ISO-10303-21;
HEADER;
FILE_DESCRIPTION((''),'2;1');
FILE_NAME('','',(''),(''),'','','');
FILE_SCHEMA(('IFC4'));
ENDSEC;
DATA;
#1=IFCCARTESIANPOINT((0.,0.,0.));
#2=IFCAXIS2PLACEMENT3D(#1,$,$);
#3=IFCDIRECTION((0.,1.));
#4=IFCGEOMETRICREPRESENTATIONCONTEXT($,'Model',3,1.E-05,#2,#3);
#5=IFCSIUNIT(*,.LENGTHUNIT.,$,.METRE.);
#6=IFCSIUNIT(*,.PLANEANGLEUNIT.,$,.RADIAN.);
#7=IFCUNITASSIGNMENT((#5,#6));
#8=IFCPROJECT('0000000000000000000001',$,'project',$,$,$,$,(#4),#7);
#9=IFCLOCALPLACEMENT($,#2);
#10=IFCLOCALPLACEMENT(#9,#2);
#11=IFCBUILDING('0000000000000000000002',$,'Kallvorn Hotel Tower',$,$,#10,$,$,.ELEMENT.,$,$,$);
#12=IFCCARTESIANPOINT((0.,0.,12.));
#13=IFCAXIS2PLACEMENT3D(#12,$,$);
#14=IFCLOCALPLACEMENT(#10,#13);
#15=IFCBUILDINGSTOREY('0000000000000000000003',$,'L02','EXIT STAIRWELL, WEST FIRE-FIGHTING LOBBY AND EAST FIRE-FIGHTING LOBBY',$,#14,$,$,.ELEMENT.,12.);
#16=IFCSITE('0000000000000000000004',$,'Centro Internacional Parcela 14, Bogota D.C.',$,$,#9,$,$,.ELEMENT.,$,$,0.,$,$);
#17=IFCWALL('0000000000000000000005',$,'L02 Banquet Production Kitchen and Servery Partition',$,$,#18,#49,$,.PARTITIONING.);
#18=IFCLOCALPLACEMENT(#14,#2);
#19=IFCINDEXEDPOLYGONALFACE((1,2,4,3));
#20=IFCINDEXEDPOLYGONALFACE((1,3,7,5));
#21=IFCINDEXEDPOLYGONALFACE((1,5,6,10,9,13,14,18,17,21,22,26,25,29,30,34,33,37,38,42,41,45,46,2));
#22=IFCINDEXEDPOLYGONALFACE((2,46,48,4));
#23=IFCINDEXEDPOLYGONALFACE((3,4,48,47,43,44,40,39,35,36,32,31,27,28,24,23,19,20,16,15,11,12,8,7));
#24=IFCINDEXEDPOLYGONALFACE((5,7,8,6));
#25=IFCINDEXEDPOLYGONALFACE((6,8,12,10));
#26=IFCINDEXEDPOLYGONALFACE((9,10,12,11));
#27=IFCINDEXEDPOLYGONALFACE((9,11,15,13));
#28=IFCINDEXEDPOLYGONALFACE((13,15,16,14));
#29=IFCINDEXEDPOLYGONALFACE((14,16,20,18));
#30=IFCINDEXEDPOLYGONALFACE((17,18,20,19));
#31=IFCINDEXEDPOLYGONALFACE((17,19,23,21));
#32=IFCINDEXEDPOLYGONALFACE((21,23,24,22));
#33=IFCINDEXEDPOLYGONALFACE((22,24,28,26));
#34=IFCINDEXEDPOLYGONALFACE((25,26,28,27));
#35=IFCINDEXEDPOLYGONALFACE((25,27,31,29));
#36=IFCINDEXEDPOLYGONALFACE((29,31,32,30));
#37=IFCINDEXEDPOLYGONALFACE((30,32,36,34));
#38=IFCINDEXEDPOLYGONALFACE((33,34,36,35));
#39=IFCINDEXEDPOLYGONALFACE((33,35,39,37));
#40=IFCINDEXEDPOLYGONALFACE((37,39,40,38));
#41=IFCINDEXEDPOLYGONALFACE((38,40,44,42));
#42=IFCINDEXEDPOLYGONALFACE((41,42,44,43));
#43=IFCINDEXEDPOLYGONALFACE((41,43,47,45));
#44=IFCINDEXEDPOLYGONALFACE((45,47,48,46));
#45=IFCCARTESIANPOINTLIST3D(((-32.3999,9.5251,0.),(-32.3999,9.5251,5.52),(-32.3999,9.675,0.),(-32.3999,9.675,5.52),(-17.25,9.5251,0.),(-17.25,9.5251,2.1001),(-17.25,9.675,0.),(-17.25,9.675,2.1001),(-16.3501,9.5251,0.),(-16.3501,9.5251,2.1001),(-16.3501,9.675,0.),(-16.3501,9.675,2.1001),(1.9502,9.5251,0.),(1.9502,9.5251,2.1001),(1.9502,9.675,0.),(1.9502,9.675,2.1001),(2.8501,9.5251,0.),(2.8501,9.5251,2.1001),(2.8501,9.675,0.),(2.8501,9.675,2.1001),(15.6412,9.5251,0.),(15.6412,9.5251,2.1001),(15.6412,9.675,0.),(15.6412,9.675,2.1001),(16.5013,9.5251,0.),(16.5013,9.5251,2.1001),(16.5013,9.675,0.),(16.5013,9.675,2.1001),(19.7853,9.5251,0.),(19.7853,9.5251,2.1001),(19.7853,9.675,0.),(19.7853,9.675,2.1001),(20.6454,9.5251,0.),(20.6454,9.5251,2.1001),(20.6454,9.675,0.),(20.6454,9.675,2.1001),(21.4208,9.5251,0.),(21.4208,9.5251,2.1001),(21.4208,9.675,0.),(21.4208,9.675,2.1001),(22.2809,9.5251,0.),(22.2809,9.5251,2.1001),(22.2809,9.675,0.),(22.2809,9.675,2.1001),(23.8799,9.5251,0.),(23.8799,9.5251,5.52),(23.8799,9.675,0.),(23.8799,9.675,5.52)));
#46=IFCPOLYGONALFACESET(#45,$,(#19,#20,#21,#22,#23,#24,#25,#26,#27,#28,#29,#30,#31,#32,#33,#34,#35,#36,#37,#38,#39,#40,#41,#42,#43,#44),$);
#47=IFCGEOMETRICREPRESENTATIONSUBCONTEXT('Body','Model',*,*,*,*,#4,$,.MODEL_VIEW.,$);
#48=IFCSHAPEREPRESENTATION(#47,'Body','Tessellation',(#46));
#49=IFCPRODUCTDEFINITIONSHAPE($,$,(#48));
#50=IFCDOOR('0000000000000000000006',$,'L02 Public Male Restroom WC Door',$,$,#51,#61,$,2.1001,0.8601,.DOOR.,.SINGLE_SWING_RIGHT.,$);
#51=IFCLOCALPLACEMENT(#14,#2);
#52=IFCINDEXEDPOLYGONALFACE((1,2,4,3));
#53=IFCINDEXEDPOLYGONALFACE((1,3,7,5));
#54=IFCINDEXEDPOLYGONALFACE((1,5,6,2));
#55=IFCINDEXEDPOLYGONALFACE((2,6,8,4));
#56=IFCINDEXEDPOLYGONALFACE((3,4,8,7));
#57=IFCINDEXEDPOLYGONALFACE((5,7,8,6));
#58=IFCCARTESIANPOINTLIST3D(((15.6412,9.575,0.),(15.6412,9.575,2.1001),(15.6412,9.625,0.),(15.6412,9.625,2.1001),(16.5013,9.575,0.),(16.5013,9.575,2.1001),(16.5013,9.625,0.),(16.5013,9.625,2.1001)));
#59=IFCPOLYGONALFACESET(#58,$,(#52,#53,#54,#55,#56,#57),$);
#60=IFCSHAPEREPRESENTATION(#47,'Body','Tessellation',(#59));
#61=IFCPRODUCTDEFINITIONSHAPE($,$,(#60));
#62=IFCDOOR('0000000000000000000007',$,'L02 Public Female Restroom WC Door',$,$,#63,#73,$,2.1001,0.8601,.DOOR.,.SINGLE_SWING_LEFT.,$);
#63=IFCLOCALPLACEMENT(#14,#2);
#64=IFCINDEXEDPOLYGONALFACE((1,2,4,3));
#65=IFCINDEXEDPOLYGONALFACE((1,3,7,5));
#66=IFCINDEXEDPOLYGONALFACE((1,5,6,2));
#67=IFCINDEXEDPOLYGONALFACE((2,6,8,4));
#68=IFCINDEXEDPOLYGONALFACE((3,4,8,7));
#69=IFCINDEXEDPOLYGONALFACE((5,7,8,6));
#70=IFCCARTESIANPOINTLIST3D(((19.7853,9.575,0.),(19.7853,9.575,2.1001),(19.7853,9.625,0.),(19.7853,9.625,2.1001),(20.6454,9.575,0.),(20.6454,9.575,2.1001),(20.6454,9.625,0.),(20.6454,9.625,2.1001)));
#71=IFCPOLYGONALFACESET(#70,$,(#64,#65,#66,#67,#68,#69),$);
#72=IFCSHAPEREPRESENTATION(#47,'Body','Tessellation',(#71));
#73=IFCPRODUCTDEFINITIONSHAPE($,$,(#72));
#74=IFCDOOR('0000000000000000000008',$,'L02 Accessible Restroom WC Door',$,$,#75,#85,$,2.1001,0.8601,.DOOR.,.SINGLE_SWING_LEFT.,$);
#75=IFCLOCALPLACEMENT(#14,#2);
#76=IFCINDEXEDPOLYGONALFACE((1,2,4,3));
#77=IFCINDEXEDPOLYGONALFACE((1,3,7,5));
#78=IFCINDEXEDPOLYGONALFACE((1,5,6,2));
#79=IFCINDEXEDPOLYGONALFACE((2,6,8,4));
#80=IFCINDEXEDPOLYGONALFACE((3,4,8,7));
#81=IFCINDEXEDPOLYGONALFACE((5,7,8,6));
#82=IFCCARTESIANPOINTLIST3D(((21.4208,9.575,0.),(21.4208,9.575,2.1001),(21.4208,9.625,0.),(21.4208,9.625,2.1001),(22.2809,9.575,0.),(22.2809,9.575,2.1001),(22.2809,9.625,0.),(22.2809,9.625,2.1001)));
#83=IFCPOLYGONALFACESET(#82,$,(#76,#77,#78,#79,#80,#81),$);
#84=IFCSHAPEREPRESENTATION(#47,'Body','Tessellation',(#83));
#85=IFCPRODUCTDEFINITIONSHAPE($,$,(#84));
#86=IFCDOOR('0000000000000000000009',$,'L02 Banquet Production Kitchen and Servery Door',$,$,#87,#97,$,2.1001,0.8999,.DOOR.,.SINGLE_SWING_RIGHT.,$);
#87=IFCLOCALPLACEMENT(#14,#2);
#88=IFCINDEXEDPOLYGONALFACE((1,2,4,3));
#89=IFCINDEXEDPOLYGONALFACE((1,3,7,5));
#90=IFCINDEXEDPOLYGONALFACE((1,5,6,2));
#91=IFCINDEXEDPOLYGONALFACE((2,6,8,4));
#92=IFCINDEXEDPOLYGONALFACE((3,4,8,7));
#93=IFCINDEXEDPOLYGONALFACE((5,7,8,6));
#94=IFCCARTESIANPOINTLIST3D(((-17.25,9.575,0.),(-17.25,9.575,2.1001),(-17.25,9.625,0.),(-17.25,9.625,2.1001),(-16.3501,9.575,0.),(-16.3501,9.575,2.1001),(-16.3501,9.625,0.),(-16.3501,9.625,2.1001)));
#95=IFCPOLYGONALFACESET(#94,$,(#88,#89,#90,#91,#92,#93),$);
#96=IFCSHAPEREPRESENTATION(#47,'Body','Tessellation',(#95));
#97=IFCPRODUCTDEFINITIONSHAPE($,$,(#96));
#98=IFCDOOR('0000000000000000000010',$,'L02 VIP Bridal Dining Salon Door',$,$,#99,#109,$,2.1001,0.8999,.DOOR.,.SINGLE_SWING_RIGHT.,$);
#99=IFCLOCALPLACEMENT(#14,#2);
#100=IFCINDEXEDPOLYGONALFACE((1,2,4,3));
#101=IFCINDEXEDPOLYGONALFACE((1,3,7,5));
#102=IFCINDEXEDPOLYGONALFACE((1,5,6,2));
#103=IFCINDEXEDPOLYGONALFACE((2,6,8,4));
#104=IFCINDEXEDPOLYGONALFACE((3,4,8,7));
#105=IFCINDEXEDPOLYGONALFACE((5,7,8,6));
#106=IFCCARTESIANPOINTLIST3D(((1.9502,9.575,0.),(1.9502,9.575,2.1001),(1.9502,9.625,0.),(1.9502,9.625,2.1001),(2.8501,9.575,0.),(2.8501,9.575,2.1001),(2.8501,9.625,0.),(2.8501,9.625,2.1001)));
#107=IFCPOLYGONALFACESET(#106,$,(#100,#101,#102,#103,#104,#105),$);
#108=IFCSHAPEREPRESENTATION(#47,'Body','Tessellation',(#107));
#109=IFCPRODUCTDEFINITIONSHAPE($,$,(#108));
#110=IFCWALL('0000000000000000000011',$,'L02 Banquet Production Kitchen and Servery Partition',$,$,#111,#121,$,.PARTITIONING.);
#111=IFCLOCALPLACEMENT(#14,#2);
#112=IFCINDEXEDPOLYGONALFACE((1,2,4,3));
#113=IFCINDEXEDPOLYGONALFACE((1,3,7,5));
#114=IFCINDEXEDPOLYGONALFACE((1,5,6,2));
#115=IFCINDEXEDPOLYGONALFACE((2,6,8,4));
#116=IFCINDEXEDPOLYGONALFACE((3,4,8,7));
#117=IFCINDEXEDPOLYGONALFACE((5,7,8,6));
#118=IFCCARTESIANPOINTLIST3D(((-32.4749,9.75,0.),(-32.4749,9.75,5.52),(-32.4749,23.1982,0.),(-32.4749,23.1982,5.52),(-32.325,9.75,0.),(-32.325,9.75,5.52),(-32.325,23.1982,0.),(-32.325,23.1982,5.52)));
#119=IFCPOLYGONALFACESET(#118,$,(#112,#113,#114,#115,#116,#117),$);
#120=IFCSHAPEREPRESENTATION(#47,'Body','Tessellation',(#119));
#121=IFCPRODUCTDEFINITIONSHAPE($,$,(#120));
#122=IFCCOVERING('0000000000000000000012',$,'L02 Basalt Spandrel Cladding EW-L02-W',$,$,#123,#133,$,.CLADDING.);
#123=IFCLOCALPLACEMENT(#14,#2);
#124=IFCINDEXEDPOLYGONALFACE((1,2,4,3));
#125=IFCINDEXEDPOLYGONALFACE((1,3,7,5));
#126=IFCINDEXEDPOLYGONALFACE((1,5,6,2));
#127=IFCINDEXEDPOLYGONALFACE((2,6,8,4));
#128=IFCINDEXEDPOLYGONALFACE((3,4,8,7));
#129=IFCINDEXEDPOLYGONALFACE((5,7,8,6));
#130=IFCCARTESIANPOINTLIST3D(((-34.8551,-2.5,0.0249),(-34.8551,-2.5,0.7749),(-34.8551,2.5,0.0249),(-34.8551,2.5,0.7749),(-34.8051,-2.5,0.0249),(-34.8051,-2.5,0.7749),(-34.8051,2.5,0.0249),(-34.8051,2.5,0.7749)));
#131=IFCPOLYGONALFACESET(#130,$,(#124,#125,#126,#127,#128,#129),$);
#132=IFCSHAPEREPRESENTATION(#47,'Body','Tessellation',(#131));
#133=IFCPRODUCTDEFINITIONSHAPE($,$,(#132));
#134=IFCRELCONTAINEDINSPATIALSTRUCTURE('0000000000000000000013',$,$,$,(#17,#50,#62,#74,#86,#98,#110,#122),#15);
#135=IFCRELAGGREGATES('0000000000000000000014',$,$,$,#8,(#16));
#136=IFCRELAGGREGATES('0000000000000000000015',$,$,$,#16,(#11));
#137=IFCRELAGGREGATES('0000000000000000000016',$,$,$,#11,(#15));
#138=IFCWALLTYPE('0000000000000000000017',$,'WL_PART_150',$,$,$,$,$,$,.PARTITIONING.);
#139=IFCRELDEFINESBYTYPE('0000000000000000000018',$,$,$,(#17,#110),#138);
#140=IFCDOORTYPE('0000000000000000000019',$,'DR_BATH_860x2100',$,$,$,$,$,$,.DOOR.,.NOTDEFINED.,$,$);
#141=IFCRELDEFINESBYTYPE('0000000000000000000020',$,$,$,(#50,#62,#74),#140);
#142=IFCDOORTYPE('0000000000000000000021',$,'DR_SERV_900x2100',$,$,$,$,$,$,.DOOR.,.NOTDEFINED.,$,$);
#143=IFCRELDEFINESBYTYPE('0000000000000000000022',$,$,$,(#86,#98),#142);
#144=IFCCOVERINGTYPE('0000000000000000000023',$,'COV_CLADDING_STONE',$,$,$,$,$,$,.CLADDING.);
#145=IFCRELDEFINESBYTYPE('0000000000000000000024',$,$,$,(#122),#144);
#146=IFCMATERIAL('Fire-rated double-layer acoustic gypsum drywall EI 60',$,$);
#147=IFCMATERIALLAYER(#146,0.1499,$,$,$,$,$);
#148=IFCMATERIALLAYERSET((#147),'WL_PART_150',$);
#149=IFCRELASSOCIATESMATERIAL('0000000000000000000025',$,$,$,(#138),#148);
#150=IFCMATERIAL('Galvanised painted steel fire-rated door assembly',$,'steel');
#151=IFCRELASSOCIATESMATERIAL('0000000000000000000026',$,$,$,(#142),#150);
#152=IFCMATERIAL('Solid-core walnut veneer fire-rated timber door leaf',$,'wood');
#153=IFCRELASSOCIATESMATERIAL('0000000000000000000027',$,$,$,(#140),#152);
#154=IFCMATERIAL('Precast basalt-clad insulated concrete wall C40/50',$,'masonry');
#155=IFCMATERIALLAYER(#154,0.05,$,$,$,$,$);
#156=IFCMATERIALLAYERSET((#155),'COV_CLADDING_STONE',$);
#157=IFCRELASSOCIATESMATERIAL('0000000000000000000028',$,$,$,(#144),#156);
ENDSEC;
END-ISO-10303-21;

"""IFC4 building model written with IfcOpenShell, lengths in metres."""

from ifc_helpers import new_model, si_unit, direction, frame, frame_2d, origin, origin_2d, place, context, subcontext, project, spatial, rectangle, extrude, material, layer, layer_set, type_object, element, fill, save


model = new_model("IFC4")

# Units and contexts
model_context = context("Model", 3, precision=1e-05, world=origin(), true_north=direction((0.0, 1.0)))
body_context = subcontext(model_context, "Body", "Model", "MODEL_VIEW")
ifc_project = project(units=[si_unit("LENGTHUNIT", "METRE"), si_unit("PLANEANGLEUNIT", "RADIAN")], contexts=[model_context])

# Site, building, storey
site_placement = place(None, origin())
site = spatial("IfcSite", under=ifc_project, at=site_placement, Name="Centro Internacional Parcela 14, Bogota D.C.", CompositionType="ELEMENT", RefElevation=0.0)
building_placement = place(site_placement, origin())
building = spatial("IfcBuilding", under=site, at=building_placement, Name="Kallvorn Hotel Tower", CompositionType="ELEMENT")
storey_placement = place(building_placement, frame((0.0, 0.0, 12.0)))
storey = spatial("IfcBuildingStorey", under=building, at=storey_placement, Name="L02", Description="EXIT STAIRWELL, WEST FIRE-FIGHTING LOBBY AND EAST FIRE-FIGHTING LOBBY", CompositionType="ELEMENT", Elevation=12.0)

# Shared definitions
ifc_material_1 = material(Name="Fire-rated double-layer acoustic gypsum drywall EI 60")
ifc_layer_1 = layer(ifc_material_1, 0.1499)
ifc_layer_set_1 = layer_set([ifc_layer_1], Name="WL_PART_150")
wall_type = type_object("IfcWallType", Name="WL_PART_150", PredefinedType="PARTITIONING", material=ifc_layer_set_1)
ifc_material_2 = material(Name="Galvanised painted steel fire-rated door assembly", Category="steel")
door_type_1 = type_object("IfcDoorType", Name="DR_SERV_900x2100", OperationType="NOTDEFINED", PredefinedType="DOOR", material=ifc_material_2)

# Wall, openings, doors
wall_1_placement = place(storey_placement, frame((-32.3999, 9.6001, 0.0), z_axis=(0.0, 0.0, 1.0), x_axis=(1.0, 0.0, 0.0)))
wall_1 = element("IfcWall", 1, at=wall_1_placement, inside=storey, type_object=wall_type, Name="L02 Banquet Production Kitchen and Servery Partition", PredefinedType="PARTITIONING", context=body_context, shape_type="SweptSolid", body=[
    extrude(rectangle(XDim=56.2798, YDim=0.1499, at=frame_2d((28.1399, 0.0))), origin(), (0.0, 0.0, 1.0), 5.52),
])
opening_1_placement = place(wall_1_placement, frame((15.1499, 0.0, 0.0)))
opening_1 = element("IfcOpeningElement", 2, at=opening_1_placement, cuts=wall_1, PredefinedType="OPENING", context=body_context, shape_type="SweptSolid", body=[
    extrude(rectangle(XDim=0.8999, YDim=2.1001, at=frame_2d((0.45, 1.05))), frame((0.0, 0.0898, 0.0), z_axis=(0.0, -1.0, 0.0), x_axis=(1.0, 0.0, 0.0)), (0.0, 0.0, 1.0), 0.1799),
])
opening_2_placement = place(wall_1_placement, frame((34.3501, 0.0, 0.0)))
opening_2 = element("IfcOpeningElement", 3, at=opening_2_placement, cuts=wall_1, PredefinedType="OPENING", context=body_context, shape_type="SweptSolid", body=[
    extrude(rectangle(XDim=0.8999, YDim=2.1001, at=frame_2d((0.45, 1.05))), frame((0.0, 0.0898, 0.0), z_axis=(0.0, -1.0, 0.0), x_axis=(1.0, 0.0, 0.0)), (0.0, 0.0, 1.0), 0.1799),
])
opening_3_placement = place(wall_1_placement, frame((48.041, 0.0, 0.0)))
opening_3 = element("IfcOpeningElement", 4, at=opening_3_placement, cuts=wall_1, PredefinedType="OPENING", context=body_context, shape_type="SweptSolid", body=[
    extrude(rectangle(XDim=0.8601, YDim=2.1001, at=frame_2d((0.4302, 1.05))), frame((0.0, 0.0898, 0.0), z_axis=(0.0, -1.0, 0.0), x_axis=(1.0, 0.0, 0.0)), (0.0, 0.0, 1.0), 0.1799),
])
opening_4_placement = place(wall_1_placement, frame((52.1851, 0.0, 0.0)))
opening_4 = element("IfcOpeningElement", 5, at=opening_4_placement, cuts=wall_1, PredefinedType="OPENING", context=body_context, shape_type="SweptSolid", body=[
    extrude(rectangle(XDim=0.8601, YDim=2.1001, at=frame_2d((0.4302, 1.05))), frame((0.0, 0.0898, 0.0), z_axis=(0.0, -1.0, 0.0), x_axis=(1.0, 0.0, 0.0)), (0.0, 0.0, 1.0), 0.1799),
])
opening_5_placement = place(wall_1_placement, frame((53.8206, 0.0, 0.0)))
opening_5 = element("IfcOpeningElement", 6, at=opening_5_placement, cuts=wall_1, PredefinedType="OPENING", context=body_context, shape_type="SweptSolid", body=[
    extrude(rectangle(XDim=0.8601, YDim=2.1001, at=frame_2d((0.4302, 1.05))), frame((0.0, 0.0898, 0.0), z_axis=(0.0, -1.0, 0.0), x_axis=(1.0, 0.0, 0.0)), (0.0, 0.0, 1.0), 0.1799),
])
ifc_material_3 = material(Name="Solid-core walnut veneer fire-rated timber door leaf", Category="wood")
door_type_2 = type_object("IfcDoorType", Name="DR_BATH_860x2100", OperationType="NOTDEFINED", PredefinedType="DOOR", material=ifc_material_3)
door_1_placement = place(opening_3_placement, origin())
door_1 = element("IfcDoor", 7, at=door_1_placement, inside=storey, type_object=door_type_2, Name="L02 Public Male Restroom WC Door", OperationType="SINGLE_SWING_RIGHT", OverallHeight=2.1001, OverallWidth=0.8601, PredefinedType="DOOR", context=body_context, shape_type="SweptSolid", body=[
    extrude(rectangle(XDim=0.8601, YDim=2.1001, at=frame_2d((0.4302, 1.05))), frame((0.0, 0.0249, 0.0), z_axis=(0.0, -1.0, 0.0), x_axis=(1.0, 0.0, 0.0)), (0.0, 0.0, 1.0), 0.05),
])
fill(opening_3, door_1)
door_2_placement = place(opening_4_placement, origin())
door_2 = element("IfcDoor", 8, at=door_2_placement, inside=storey, type_object=door_type_2, Name="L02 Public Female Restroom WC Door", OperationType="SINGLE_SWING_LEFT", OverallHeight=2.1001, OverallWidth=0.8601, PredefinedType="DOOR", context=body_context, shape_type="SweptSolid", body=[
    extrude(rectangle(XDim=0.8601, YDim=2.1001, at=frame_2d((0.4302, 1.05))), frame((0.0, 0.0249, 0.0), z_axis=(0.0, -1.0, 0.0), x_axis=(1.0, 0.0, 0.0)), (0.0, 0.0, 1.0), 0.05),
])
fill(opening_4, door_2)
door_3_placement = place(opening_5_placement, origin())
door_3 = element("IfcDoor", 9, at=door_3_placement, inside=storey, type_object=door_type_2, Name="L02 Accessible Restroom WC Door", OperationType="SINGLE_SWING_LEFT", OverallHeight=2.1001, OverallWidth=0.8601, PredefinedType="DOOR", context=body_context, shape_type="SweptSolid", body=[
    extrude(rectangle(XDim=0.8601, YDim=2.1001, at=frame_2d((0.4302, 1.05))), frame((0.0, 0.0249, 0.0), z_axis=(0.0, -1.0, 0.0), x_axis=(1.0, 0.0, 0.0)), (0.0, 0.0, 1.0), 0.05),
])
fill(opening_5, door_3)
door_4_placement = place(opening_1_placement, origin())
door_4 = element("IfcDoor", 10, at=door_4_placement, inside=storey, type_object=door_type_1, Name="L02 Banquet Production Kitchen and Servery Door", OperationType="SINGLE_SWING_RIGHT", OverallHeight=2.1001, OverallWidth=0.8999, PredefinedType="DOOR", context=body_context, shape_type="SweptSolid", body=[
    extrude(rectangle(XDim=0.8999, YDim=2.1001, at=frame_2d((0.45, 1.05))), frame((0.0, 0.0249, 0.0), z_axis=(0.0, -1.0, 0.0), x_axis=(1.0, 0.0, 0.0)), (0.0, 0.0, 1.0), 0.05),
])
fill(opening_1, door_4)
door_5_placement = place(opening_2_placement, origin())
door_5 = element("IfcDoor", 11, at=door_5_placement, inside=storey, type_object=door_type_1, Name="L02 VIP Bridal Dining Salon Door", OperationType="SINGLE_SWING_RIGHT", OverallHeight=2.1001, OverallWidth=0.8999, PredefinedType="DOOR", context=body_context, shape_type="SweptSolid", body=[
    extrude(rectangle(XDim=0.8999, YDim=2.1001, at=frame_2d((0.45, 1.05))), frame((0.0, 0.0249, 0.0), z_axis=(0.0, -1.0, 0.0), x_axis=(1.0, 0.0, 0.0)), (0.0, 0.0, 1.0), 0.05),
])
fill(opening_2, door_5)

# Wall
wall_2_placement = place(storey_placement, frame((-32.3999, 9.75, 0.0), z_axis=(0.0, 0.0, 1.0), x_axis=(0.0, 1.0, 0.0)))
element("IfcWall", 12, at=wall_2_placement, inside=storey, type_object=wall_type, Name="L02 Banquet Production Kitchen and Servery Partition", PredefinedType="PARTITIONING", context=body_context, shape_type="SweptSolid", body=[
    extrude(rectangle(XDim=13.4482, YDim=0.1499, at=frame_2d((6.7241, 0.0))), origin(), (0.0, 0.0, 1.0), 5.52),
])

# Covering
ifc_material_4 = material(Name="Precast basalt-clad insulated concrete wall C40/50", Category="masonry")
ifc_layer_2 = layer(ifc_material_4, 0.05)
ifc_layer_set_2 = layer_set([ifc_layer_2], Name="COV_CLADDING_STONE")
covering_type = type_object("IfcCoveringType", Name="COV_CLADDING_STONE", PredefinedType="CLADDING", material=ifc_layer_set_2)
covering_placement = place(storey_placement, frame((-34.8301, 0.0, 0.0249), z_axis=(0.0, 0.0, 1.0), x_axis=(0.0, 1.0, 0.0)))
element("IfcCovering", 13, at=covering_placement, inside=storey, type_object=covering_type, Name="L02 Basalt Spandrel Cladding EW-L02-W", PredefinedType="CLADDING", context=body_context, shape_type="SweptSolid", body=[
    extrude(rectangle(XDim=5.0, YDim=0.05, at=origin_2d()), origin(), (0.0, 0.0, 1.0), 0.75),
])

save(model, "model.ifc")
